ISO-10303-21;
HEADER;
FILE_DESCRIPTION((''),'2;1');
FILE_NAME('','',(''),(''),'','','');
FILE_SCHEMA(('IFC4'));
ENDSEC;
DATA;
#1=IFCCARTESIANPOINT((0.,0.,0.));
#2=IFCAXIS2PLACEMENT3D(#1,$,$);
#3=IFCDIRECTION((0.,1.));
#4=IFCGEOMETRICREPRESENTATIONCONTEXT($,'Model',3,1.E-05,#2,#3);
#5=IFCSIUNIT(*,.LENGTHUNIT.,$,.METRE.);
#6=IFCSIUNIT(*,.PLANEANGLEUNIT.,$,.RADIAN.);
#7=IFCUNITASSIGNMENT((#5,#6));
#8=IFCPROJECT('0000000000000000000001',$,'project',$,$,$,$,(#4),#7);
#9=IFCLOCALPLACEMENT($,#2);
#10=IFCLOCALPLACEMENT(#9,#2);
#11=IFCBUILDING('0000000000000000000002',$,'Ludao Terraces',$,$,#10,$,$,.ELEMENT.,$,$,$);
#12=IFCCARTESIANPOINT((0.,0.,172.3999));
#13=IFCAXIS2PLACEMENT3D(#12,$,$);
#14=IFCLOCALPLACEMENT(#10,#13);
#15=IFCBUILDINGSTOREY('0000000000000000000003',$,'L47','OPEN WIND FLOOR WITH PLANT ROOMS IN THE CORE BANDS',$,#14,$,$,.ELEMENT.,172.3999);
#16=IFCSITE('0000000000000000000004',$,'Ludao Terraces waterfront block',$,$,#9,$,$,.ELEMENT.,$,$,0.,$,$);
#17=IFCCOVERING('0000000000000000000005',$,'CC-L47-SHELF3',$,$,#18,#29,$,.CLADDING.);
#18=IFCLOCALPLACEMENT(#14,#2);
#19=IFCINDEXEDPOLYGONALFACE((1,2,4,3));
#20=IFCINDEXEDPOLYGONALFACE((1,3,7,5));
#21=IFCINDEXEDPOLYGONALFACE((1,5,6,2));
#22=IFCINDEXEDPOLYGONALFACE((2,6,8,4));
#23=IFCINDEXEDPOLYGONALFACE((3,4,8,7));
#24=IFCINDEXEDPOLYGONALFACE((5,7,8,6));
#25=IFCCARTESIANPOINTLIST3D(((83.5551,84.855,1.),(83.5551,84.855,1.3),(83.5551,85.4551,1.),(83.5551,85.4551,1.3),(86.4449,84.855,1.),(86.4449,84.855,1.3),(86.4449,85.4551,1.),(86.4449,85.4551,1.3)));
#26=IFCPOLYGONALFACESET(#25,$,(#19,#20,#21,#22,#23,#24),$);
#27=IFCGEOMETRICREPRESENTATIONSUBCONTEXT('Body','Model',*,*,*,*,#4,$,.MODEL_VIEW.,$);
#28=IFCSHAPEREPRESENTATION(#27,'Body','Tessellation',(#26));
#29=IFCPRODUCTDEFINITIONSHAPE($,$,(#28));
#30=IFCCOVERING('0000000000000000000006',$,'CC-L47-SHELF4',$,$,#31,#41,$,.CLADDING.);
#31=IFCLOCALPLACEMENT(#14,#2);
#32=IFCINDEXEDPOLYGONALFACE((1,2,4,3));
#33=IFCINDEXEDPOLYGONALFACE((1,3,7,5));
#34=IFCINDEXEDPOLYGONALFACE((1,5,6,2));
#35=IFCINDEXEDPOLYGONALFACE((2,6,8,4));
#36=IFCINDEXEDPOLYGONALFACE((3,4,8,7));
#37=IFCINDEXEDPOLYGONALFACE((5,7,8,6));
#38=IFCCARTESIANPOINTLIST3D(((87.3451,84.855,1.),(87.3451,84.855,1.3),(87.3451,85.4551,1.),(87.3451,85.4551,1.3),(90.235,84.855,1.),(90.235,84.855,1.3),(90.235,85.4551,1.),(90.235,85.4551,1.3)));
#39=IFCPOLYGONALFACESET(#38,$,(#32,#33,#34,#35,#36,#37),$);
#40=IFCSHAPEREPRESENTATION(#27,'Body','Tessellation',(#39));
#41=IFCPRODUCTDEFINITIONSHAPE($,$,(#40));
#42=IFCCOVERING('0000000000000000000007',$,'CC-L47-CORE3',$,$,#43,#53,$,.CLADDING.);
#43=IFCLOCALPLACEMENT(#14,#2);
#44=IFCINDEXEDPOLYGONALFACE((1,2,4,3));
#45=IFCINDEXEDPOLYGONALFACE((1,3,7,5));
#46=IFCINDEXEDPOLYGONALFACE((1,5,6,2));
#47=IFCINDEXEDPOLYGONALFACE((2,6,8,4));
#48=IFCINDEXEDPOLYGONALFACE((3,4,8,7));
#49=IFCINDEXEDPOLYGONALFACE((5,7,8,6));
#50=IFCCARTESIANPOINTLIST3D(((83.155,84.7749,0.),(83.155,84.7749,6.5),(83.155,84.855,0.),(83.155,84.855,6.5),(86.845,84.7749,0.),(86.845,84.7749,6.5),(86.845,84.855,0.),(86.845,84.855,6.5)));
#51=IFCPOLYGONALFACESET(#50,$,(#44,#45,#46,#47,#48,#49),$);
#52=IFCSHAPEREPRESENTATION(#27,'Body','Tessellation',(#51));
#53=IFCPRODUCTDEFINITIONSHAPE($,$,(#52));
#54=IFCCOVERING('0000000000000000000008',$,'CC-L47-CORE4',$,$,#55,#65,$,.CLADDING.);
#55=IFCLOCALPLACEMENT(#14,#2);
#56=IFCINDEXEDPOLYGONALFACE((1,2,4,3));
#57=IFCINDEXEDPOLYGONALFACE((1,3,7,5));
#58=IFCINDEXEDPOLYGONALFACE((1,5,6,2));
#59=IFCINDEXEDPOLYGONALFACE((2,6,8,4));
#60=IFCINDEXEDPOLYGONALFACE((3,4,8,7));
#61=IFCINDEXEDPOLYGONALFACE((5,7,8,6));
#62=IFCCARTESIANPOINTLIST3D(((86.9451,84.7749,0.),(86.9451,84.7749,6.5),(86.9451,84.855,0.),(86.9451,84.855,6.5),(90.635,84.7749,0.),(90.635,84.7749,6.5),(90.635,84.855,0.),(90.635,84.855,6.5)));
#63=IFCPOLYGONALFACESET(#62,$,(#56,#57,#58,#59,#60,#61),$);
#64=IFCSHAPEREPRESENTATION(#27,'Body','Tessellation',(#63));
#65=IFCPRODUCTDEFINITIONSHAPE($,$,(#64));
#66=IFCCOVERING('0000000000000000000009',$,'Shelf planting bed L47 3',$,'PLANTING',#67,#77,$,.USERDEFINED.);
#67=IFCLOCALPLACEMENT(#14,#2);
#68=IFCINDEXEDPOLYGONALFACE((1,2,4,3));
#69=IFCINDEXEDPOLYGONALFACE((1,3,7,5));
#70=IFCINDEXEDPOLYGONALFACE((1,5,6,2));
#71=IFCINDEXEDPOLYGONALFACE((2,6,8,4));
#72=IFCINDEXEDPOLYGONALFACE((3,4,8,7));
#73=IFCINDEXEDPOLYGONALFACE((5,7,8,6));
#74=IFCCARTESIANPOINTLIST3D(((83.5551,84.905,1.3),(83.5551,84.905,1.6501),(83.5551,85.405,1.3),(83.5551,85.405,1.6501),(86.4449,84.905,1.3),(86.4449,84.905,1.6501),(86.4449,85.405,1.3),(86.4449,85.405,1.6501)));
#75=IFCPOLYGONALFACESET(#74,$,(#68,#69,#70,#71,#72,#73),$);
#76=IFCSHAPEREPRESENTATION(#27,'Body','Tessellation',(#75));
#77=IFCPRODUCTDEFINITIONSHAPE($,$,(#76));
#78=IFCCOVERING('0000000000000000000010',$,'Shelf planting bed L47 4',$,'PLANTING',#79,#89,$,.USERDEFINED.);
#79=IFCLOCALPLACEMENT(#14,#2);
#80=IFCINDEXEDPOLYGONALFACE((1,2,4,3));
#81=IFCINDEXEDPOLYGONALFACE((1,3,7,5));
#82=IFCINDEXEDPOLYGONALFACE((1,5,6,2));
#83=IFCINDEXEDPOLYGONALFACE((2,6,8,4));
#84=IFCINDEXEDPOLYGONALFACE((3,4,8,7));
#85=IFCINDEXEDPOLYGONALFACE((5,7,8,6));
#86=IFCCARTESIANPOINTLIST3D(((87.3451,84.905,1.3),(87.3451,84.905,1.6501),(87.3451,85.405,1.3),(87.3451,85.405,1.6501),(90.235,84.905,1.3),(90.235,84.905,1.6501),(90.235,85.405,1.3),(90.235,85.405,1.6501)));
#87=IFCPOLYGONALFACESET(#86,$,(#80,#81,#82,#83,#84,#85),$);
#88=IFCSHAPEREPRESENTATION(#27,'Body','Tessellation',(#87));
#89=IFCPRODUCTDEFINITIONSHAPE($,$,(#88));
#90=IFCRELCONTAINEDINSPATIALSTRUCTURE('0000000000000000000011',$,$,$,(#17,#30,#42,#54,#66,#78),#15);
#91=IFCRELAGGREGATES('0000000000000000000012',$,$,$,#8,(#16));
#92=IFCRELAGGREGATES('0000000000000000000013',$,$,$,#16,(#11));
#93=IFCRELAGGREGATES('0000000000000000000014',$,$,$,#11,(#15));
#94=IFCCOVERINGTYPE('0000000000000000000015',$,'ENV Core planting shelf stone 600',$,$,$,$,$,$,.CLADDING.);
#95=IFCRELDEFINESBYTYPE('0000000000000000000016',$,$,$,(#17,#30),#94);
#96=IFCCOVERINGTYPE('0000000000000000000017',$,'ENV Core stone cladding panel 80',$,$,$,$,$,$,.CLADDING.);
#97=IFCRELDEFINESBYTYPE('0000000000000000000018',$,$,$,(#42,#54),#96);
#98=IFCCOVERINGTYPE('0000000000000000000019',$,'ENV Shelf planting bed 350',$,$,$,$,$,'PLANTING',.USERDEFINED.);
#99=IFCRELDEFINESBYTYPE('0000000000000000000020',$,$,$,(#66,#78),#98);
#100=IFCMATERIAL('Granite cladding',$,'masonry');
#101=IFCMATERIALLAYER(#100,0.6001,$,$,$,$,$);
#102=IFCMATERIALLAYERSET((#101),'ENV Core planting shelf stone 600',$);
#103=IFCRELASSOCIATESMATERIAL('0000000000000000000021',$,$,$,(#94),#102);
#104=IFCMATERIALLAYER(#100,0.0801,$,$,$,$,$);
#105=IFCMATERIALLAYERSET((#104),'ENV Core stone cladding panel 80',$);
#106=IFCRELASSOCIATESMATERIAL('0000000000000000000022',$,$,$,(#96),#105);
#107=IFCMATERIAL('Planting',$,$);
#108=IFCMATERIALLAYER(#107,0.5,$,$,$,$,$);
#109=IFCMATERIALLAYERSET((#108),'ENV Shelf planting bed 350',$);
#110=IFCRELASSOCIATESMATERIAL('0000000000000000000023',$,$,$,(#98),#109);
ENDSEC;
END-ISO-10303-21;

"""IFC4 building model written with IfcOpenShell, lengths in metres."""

from ifc_helpers import new_model, si_unit, direction, frame, origin, origin_2d, place, context, subcontext, project, spatial, rectangle, extrude, material, layer, layer_set, type_object, element, save


model = new_model("IFC4")

# Units and contexts
model_context = context("Model", 3, precision=1e-05, world=origin(), true_north=direction((0.0, 1.0)))
body_context = subcontext(model_context, "Body", "Model", "MODEL_VIEW")
ifc_project = project(units=[si_unit("LENGTHUNIT", "METRE"), si_unit("PLANEANGLEUNIT", "RADIAN")], contexts=[model_context])

# Site, building, storey
site_placement = place(None, origin())
site = spatial("IfcSite", under=ifc_project, at=site_placement, Name="Ludao Terraces waterfront block", CompositionType="ELEMENT", RefElevation=0.0)
building_placement = place(site_placement, origin())
building = spatial("IfcBuilding", under=site, at=building_placement, Name="Ludao Terraces", CompositionType="ELEMENT")
storey_placement = place(building_placement, frame((0.0, 0.0, 172.3999)))
storey = spatial("IfcBuildingStorey", under=building, at=storey_placement, Name="L47", Description="OPEN WIND FLOOR WITH PLANT ROOMS IN THE CORE BANDS", CompositionType="ELEMENT", Elevation=172.3999)

# Coverings
ifc_material_1 = material(Name="Granite cladding", Category="masonry")
ifc_layer_1 = layer(ifc_material_1, 0.6001)
ifc_layer_set_1 = layer_set([ifc_layer_1], Name="ENV Core planting shelf stone 600")
covering_type_1 = type_object("IfcCoveringType", Name="ENV Core planting shelf stone 600", PredefinedType="CLADDING", material=ifc_layer_set_1)
for number, where, z_axis, x_axis, name in (
    (1, (85.0, 85.155, 1.0), (0.0, 0.0, 1.0), (1.0, 0.0, 0.0), "CC-L47-SHELF3"),
    (2, (88.79, 85.155, 1.0), (0.0, 0.0, 1.0), (1.0, 0.0, 0.0), "CC-L47-SHELF4"),
):
    element("IfcCovering", number, at=place(storey_placement, frame(where, z_axis=z_axis, x_axis=x_axis)), inside=storey, type_object=covering_type_1, Name=name, PredefinedType="CLADDING", context=body_context, shape_type="SweptSolid", body=[
        extrude(rectangle(XDim=2.8899, YDim=0.6001, at=origin_2d()), origin(), (0.0, 0.0, 1.0), 0.3),
    ])
ifc_layer_2 = layer(ifc_material_1, 0.0801)
ifc_layer_set_2 = layer_set([ifc_layer_2], Name="ENV Core stone cladding panel 80")
covering_type_2 = type_object("IfcCoveringType", Name="ENV Core stone cladding panel 80", PredefinedType="CLADDING", material=ifc_layer_set_2)
for number, where, z_axis, x_axis, name in (
    (3, (85.0, 84.8149, 0.0), (0.0, 0.0, 1.0), (1.0, 0.0, 0.0), "CC-L47-CORE3"),
    (4, (88.79, 84.8149, 0.0), (0.0, 0.0, 1.0), (1.0, 0.0, 0.0), "CC-L47-CORE4"),
):
    element("IfcCovering", number, at=place(storey_placement, frame(where, z_axis=z_axis, x_axis=x_axis)), inside=storey, type_object=covering_type_2, Name=name, PredefinedType="CLADDING", context=body_context, shape_type="SweptSolid", body=[
        extrude(rectangle(XDim=3.6899, YDim=0.0801, at=origin_2d()), origin(), (0.0, 0.0, 1.0), 6.5),
    ])
ifc_material_2 = material(Name="Planting")
ifc_layer_3 = layer(ifc_material_2, 0.5)
ifc_layer_set_3 = layer_set([ifc_layer_3], Name="ENV Shelf planting bed 350")
covering_type_3 = type_object("IfcCoveringType", Name="ENV Shelf planting bed 350", ElementType="PLANTING", PredefinedType="USERDEFINED", material=ifc_layer_set_3)
for number, where, z_axis, x_axis, name in (
    (5, (85.0, 85.155, 1.3), (0.0, 0.0, 1.0), (1.0, 0.0, 0.0), "Shelf planting bed L47 3"),
    (6, (88.79, 85.155, 1.3), (0.0, 0.0, 1.0), (1.0, 0.0, 0.0), "Shelf planting bed L47 4"),
):
    element("IfcCovering", number, at=place(storey_placement, frame(where, z_axis=z_axis, x_axis=x_axis)), inside=storey, type_object=covering_type_3, Name=name, ObjectType="PLANTING", PredefinedType="USERDEFINED", context=body_context, shape_type="SweptSolid", body=[
        extrude(rectangle(XDim=2.8899, YDim=0.5, at=origin_2d()), origin(), (0.0, 0.0, 1.0), 0.3501),
    ])

save(model, "model.ifc")
